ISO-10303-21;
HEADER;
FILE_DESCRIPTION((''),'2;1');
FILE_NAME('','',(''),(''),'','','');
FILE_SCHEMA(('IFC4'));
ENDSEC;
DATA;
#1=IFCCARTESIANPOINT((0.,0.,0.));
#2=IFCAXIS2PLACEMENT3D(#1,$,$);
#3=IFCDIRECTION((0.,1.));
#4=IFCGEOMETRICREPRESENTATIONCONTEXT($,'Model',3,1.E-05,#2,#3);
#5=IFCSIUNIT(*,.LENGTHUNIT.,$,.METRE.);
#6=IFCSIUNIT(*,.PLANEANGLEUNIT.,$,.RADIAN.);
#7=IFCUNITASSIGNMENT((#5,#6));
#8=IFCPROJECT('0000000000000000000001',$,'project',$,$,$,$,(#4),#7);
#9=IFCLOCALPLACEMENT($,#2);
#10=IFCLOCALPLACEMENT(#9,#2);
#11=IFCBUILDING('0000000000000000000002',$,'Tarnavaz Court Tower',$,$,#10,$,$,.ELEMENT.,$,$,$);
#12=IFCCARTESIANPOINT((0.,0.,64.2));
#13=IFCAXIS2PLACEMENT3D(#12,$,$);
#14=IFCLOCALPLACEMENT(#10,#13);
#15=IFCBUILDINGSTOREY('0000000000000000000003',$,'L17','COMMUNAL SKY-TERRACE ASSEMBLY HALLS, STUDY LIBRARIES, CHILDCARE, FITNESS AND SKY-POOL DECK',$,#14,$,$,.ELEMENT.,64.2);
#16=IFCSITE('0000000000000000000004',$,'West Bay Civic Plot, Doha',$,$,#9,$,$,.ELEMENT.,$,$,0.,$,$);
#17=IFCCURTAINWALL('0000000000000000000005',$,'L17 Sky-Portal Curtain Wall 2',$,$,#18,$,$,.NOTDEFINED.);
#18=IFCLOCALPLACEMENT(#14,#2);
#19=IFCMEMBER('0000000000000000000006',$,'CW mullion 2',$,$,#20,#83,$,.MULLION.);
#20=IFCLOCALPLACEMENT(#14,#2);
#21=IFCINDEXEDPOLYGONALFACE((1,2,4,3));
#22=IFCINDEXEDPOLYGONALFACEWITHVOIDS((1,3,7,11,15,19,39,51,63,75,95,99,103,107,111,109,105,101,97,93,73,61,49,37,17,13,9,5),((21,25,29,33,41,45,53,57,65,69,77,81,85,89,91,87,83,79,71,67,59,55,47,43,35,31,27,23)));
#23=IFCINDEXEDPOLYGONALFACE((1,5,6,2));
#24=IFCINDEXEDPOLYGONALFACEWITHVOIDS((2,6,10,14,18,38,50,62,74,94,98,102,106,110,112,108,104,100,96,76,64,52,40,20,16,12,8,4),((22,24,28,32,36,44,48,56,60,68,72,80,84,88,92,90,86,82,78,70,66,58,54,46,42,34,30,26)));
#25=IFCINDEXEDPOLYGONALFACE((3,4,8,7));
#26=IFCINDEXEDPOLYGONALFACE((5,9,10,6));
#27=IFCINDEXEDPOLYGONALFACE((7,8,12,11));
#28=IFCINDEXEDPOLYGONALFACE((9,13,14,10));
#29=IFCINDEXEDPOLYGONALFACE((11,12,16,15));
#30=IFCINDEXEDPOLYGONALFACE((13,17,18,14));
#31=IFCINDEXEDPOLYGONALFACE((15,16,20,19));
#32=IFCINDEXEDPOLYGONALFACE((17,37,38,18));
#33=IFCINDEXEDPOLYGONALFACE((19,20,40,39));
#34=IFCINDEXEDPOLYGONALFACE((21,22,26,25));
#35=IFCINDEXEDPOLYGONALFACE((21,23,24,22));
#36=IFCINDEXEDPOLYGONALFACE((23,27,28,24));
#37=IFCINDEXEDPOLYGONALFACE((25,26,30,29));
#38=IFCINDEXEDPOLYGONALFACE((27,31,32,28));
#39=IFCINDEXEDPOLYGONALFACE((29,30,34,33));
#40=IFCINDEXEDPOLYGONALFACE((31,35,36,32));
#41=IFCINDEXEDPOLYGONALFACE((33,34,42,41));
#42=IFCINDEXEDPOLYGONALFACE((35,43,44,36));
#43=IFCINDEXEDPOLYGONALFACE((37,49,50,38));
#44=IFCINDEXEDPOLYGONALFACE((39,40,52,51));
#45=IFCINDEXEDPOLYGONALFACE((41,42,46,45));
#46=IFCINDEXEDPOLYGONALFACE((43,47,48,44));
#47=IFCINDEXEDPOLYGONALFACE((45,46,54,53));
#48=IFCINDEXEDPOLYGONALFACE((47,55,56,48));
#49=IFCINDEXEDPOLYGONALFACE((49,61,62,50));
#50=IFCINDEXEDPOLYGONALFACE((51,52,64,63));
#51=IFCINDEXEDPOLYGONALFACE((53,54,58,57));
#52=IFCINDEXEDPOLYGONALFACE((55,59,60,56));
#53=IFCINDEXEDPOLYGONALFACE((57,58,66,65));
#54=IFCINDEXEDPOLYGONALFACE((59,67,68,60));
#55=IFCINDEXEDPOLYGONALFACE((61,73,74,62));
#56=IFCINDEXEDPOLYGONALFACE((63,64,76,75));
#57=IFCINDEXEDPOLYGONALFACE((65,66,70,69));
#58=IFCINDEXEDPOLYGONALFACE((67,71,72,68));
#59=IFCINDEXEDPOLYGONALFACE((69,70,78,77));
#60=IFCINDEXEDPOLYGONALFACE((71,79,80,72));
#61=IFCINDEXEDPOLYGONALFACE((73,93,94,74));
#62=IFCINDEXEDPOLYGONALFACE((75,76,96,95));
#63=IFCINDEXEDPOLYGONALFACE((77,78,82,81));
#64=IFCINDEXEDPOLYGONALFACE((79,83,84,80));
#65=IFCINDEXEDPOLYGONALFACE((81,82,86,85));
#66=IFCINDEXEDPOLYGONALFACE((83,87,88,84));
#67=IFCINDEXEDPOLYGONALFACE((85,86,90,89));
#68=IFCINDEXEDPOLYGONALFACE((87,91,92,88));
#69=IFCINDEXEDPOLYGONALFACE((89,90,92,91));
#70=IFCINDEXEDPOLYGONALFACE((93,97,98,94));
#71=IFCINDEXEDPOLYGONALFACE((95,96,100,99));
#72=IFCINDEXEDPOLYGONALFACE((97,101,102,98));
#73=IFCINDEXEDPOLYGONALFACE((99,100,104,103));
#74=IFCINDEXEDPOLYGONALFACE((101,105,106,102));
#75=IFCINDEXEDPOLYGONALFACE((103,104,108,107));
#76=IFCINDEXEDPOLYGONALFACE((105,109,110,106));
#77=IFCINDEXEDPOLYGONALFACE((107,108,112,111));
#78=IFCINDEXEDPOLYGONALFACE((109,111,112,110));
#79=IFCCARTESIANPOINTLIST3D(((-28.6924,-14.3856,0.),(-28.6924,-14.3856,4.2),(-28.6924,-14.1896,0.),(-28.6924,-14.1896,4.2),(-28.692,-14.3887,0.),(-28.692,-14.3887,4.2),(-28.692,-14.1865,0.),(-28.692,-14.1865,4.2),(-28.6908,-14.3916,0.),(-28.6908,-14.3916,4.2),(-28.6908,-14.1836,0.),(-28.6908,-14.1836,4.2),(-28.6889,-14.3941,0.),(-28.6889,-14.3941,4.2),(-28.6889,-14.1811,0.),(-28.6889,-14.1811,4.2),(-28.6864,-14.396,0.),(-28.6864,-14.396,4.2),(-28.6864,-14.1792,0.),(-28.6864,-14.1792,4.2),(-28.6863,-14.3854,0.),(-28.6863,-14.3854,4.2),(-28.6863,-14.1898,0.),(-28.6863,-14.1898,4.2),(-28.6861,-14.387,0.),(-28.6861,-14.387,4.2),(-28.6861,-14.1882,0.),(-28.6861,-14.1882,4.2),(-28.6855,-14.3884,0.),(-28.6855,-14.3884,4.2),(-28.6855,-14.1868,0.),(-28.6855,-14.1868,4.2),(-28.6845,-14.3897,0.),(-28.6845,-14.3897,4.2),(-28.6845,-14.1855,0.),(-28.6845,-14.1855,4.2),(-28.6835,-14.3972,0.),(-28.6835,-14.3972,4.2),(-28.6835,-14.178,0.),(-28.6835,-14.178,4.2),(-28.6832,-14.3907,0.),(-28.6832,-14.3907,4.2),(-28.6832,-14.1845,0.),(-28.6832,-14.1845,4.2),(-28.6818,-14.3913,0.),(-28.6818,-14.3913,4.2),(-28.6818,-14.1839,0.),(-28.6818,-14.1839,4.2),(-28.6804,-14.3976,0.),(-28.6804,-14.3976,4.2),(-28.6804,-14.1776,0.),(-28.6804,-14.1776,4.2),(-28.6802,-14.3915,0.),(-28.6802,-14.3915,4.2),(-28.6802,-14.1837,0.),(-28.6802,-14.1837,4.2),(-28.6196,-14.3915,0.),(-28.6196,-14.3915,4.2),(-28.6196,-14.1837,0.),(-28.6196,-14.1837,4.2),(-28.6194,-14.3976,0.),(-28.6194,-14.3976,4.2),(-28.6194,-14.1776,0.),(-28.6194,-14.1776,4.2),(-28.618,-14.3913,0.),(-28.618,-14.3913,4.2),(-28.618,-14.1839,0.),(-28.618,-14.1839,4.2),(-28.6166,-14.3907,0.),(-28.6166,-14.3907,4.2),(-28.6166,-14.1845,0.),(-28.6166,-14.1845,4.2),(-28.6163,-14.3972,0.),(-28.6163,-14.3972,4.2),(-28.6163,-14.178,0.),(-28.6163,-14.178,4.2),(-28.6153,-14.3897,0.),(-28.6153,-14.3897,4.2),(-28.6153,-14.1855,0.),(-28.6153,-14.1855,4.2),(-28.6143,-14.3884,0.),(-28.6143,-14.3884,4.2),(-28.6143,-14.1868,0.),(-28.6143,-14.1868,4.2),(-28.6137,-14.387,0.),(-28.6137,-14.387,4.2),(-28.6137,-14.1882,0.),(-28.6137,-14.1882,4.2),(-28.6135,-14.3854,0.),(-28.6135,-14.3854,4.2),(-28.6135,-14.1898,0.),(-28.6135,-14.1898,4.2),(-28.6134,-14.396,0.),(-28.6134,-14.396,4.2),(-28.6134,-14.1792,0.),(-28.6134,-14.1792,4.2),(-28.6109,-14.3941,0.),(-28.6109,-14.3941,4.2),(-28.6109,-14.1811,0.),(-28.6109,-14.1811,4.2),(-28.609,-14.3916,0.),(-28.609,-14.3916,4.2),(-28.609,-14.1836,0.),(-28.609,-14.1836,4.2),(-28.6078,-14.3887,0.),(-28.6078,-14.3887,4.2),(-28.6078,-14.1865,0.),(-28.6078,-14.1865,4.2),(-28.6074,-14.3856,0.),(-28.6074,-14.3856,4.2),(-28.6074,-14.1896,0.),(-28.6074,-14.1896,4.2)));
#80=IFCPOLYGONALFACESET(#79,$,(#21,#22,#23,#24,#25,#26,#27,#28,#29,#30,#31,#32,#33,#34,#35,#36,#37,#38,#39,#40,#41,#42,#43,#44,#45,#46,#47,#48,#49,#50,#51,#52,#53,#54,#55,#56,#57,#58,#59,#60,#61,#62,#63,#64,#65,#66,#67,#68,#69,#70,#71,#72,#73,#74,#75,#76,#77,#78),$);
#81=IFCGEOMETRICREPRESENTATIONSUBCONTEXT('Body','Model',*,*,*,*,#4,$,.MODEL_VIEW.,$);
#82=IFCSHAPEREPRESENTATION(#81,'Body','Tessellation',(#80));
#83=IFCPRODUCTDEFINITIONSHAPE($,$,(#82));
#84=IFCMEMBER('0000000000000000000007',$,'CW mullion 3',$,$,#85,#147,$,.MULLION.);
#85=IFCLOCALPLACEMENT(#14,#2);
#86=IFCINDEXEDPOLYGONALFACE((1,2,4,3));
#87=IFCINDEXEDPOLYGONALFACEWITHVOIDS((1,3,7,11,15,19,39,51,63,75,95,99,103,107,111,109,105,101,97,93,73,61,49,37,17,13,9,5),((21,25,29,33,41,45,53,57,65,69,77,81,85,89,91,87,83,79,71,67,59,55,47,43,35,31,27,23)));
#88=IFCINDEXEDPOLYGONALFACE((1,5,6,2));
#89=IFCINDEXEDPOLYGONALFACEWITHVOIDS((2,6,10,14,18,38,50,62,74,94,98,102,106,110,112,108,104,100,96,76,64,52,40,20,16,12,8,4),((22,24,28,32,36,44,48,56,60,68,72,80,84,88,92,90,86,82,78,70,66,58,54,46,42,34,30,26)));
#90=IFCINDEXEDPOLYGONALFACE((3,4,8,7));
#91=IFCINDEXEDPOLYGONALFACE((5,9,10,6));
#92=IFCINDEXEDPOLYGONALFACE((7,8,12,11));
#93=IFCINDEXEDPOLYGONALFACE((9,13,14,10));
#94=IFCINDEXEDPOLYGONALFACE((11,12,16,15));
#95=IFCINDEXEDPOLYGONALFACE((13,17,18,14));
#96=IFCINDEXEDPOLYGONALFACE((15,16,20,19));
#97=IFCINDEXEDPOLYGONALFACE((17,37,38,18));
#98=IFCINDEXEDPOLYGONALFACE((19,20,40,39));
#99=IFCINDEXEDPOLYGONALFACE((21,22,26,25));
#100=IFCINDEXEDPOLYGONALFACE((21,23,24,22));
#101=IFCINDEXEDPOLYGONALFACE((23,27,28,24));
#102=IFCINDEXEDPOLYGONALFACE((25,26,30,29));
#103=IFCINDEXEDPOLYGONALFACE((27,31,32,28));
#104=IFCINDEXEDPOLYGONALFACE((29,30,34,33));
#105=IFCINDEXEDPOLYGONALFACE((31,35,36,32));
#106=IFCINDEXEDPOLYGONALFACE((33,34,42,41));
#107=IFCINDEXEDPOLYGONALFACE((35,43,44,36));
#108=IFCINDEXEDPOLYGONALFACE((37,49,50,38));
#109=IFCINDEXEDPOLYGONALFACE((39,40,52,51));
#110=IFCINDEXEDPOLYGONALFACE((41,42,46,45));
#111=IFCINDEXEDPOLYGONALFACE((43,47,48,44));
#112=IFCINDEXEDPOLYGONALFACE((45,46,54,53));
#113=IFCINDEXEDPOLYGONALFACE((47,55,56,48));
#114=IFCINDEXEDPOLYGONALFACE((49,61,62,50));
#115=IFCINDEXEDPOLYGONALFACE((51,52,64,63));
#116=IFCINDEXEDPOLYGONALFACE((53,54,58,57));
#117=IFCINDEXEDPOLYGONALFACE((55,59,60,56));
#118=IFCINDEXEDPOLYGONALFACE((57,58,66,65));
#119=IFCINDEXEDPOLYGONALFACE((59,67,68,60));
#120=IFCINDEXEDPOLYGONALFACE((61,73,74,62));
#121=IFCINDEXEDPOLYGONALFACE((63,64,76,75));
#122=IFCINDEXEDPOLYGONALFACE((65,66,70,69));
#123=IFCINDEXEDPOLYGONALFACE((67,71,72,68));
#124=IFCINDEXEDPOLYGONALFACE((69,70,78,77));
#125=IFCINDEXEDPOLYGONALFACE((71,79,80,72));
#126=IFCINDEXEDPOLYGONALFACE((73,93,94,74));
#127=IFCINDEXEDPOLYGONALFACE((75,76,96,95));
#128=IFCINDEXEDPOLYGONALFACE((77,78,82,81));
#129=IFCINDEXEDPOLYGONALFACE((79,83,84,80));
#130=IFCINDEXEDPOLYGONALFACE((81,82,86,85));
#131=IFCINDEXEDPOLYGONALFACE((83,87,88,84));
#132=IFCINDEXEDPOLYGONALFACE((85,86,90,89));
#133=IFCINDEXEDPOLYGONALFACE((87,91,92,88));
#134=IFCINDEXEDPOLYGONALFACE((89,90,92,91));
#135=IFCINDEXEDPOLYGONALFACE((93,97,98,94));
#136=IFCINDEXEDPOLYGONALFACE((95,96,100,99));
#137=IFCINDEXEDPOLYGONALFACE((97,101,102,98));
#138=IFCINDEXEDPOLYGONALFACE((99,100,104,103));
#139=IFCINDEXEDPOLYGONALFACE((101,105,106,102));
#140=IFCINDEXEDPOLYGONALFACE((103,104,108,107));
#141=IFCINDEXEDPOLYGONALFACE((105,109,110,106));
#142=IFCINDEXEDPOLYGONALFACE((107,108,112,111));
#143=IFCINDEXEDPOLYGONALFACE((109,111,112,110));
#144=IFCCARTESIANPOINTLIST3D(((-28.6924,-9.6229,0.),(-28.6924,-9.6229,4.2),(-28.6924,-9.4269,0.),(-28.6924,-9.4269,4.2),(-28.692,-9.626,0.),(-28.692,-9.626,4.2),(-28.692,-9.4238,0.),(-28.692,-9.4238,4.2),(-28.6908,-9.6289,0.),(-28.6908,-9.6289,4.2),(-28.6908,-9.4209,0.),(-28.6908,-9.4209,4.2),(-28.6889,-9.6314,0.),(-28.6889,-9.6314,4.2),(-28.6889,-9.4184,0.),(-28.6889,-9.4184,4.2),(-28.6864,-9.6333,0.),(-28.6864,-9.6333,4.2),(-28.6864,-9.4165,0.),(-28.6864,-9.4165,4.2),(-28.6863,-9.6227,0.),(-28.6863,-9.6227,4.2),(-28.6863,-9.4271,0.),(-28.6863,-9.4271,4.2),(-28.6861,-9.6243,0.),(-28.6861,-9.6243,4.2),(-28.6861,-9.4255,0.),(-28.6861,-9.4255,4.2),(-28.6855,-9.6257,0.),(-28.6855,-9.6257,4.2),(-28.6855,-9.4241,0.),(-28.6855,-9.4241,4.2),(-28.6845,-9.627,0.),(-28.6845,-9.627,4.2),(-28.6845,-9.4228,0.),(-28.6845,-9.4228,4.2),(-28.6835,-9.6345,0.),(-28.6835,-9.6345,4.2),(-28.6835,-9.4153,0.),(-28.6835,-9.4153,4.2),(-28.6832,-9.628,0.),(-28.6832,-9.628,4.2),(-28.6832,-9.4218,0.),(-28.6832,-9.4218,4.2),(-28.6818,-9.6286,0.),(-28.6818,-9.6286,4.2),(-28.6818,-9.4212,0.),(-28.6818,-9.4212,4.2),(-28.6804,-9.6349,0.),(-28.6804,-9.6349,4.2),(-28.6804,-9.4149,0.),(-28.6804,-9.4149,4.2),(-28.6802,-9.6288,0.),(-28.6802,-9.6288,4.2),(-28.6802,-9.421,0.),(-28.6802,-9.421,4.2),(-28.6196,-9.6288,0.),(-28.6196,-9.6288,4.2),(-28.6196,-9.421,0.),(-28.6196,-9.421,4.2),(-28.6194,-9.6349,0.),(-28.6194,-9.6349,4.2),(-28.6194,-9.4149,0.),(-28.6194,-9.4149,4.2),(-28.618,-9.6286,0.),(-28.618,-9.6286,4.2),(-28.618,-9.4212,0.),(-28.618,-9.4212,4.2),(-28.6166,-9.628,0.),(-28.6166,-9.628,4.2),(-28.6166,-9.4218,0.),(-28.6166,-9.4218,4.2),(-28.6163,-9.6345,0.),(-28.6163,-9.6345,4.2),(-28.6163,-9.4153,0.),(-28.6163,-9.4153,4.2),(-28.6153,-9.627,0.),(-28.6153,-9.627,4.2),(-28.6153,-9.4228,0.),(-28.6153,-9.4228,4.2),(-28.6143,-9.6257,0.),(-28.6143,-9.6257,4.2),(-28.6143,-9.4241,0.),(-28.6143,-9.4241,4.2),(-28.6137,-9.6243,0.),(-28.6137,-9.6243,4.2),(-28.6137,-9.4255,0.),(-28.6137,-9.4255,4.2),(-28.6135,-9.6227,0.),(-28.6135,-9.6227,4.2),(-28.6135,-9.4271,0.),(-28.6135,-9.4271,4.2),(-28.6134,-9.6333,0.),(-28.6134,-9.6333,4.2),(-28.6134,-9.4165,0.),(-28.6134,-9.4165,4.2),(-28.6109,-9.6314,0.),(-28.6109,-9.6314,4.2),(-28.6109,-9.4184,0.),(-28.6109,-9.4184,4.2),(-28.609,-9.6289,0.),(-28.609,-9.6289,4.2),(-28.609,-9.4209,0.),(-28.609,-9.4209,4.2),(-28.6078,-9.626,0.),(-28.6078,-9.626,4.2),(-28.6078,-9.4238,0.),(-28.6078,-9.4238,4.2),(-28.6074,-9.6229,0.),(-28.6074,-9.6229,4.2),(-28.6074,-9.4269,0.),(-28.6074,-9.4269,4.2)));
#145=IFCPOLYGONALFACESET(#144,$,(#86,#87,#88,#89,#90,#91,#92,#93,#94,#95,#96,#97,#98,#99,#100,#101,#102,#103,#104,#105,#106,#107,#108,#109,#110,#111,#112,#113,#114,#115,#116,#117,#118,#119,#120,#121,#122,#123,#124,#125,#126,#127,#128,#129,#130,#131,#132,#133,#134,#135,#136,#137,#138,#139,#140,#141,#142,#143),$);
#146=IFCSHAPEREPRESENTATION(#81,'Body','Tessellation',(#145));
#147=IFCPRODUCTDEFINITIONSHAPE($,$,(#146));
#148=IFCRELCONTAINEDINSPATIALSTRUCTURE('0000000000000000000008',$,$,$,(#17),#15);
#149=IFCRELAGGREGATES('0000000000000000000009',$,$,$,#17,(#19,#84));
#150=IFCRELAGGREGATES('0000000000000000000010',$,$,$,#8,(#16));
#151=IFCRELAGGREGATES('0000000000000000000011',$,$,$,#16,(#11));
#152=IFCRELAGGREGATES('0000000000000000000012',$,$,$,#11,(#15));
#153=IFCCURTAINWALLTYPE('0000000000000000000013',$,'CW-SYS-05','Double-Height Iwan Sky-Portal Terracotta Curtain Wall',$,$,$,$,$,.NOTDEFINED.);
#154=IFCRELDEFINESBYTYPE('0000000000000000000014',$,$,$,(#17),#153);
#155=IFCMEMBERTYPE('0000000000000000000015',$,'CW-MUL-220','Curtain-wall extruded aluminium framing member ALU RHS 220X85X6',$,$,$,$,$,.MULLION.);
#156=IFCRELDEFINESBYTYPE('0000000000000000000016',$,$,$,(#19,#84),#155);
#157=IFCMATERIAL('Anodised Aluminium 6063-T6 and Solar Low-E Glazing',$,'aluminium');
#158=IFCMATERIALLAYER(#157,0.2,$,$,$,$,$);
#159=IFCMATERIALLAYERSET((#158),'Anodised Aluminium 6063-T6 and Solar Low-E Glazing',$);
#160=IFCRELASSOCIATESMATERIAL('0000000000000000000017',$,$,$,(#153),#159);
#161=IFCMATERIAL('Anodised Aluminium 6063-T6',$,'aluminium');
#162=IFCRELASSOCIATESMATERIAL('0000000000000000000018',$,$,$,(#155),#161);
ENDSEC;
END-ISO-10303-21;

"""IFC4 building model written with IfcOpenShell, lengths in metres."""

from ifc_helpers import new_model, si_unit, direction, frame, origin, origin_2d, place, context, subcontext, project, spatial, hollow_rectangle, extrude, material, layer, layer_set, material_profile, profile_set, type_object, element, aggregate, save


model = new_model("IFC4")

# Units and contexts
model_context = context("Model", 3, precision=1e-05, world=origin(), true_north=direction((0.0, 1.0)))
body_context = subcontext(model_context, "Body", "Model", "MODEL_VIEW")
ifc_project = project(units=[si_unit("LENGTHUNIT", "METRE"), si_unit("PLANEANGLEUNIT", "RADIAN")], contexts=[model_context])

# Site, building, storey
site_placement = place(None, origin())
site = spatial("IfcSite", under=ifc_project, at=site_placement, Name="West Bay Civic Plot, Doha", CompositionType="ELEMENT", RefElevation=0.0)
building_placement = place(site_placement, origin())
building = spatial("IfcBuilding", under=site, at=building_placement, Name="Tarnavaz Court Tower", CompositionType="ELEMENT")
storey_placement = place(building_placement, frame((0.0, 0.0, 64.2)))
storey = spatial("IfcBuildingStorey", under=building, at=storey_placement, Name="L17", Description="COMMUNAL SKY-TERRACE ASSEMBLY HALLS, STUDY LIBRARIES, CHILDCARE, FITNESS AND SKY-POOL DECK", CompositionType="ELEMENT", Elevation=64.2)

# Curtain wall, members
ifc_material_1 = material(Name="Anodised Aluminium 6063-T6 and Solar Low-E Glazing", Category="aluminium")
ifc_layer_1 = layer(ifc_material_1, 0.2)
ifc_layer_set_1 = layer_set([ifc_layer_1], Name="Anodised Aluminium 6063-T6 and Solar Low-E Glazing")
curtain_wall_type = type_object("IfcCurtainWallType", Name="CW-SYS-05", Description="Double-Height Iwan Sky-Portal Terracotta Curtain Wall", PredefinedType="NOTDEFINED", material=ifc_layer_set_1)
curtain_wall_placement = place(storey_placement, origin())
curtain_wall = element("IfcCurtainWall", 1, at=curtain_wall_placement, inside=storey, type_object=curtain_wall_type, Name="L17 Sky-Portal Curtain Wall 2", PredefinedType="NOTDEFINED")
ifc_material_2 = material(Name="Anodised Aluminium 6063-T6", Category="aluminium")
ifc_material_profile_1 = material_profile(ifc_material_2, hollow_rectangle(XDim=0.085, YDim=0.22, WallThickness=0.0061, InnerFilletRadius=0.0061, OuterFilletRadius=0.012, at=origin_2d()), Name="ALU RHS 220X85X6")
ifc_profile_set_1 = profile_set([ifc_material_profile_1], Name="Anodised Aluminium 6063-T6")
member_type_1 = type_object("IfcMemberType", Name="CW-MUL-220", Description="Curtain-wall extruded aluminium framing member ALU RHS 220X85X6", PredefinedType="MULLION", material=ifc_profile_set_1)
member_1_placement = place(storey_placement, frame((-28.6499, -14.2876, 0.0), z_axis=(0.0, 0.0, 1.0), x_axis=(-1.0, 0.0, 0.0)))
member_1 = element("IfcMember", 2, at=member_1_placement, type_object=member_type_1, Name="CW mullion 2", PredefinedType="MULLION", context=body_context, shape_type="SweptSolid", body=[
    extrude(hollow_rectangle(XDim=0.085, YDim=0.22, WallThickness=0.0061, InnerFilletRadius=0.0061, OuterFilletRadius=0.012, at=origin_2d()), origin(), (0.0, 0.0, 1.0), 4.2),
])
member_2_placement = place(storey_placement, frame((-28.6499, -9.5249, 0.0), z_axis=(0.0, 0.0, 1.0), x_axis=(-1.0, 0.0, 0.0)))
member_2 = element("IfcMember", 3, at=member_2_placement, type_object=member_type_1, Name="CW mullion 3", PredefinedType="MULLION", context=body_context, shape_type="SweptSolid", body=[
    extrude(hollow_rectangle(XDim=0.085, YDim=0.22, WallThickness=0.0061, InnerFilletRadius=0.0061, OuterFilletRadius=0.012, at=origin_2d()), origin(), (0.0, 0.0, 1.0), 4.2),
])
aggregate(curtain_wall, [member_1, member_2])

save(model, "model.ifc")
